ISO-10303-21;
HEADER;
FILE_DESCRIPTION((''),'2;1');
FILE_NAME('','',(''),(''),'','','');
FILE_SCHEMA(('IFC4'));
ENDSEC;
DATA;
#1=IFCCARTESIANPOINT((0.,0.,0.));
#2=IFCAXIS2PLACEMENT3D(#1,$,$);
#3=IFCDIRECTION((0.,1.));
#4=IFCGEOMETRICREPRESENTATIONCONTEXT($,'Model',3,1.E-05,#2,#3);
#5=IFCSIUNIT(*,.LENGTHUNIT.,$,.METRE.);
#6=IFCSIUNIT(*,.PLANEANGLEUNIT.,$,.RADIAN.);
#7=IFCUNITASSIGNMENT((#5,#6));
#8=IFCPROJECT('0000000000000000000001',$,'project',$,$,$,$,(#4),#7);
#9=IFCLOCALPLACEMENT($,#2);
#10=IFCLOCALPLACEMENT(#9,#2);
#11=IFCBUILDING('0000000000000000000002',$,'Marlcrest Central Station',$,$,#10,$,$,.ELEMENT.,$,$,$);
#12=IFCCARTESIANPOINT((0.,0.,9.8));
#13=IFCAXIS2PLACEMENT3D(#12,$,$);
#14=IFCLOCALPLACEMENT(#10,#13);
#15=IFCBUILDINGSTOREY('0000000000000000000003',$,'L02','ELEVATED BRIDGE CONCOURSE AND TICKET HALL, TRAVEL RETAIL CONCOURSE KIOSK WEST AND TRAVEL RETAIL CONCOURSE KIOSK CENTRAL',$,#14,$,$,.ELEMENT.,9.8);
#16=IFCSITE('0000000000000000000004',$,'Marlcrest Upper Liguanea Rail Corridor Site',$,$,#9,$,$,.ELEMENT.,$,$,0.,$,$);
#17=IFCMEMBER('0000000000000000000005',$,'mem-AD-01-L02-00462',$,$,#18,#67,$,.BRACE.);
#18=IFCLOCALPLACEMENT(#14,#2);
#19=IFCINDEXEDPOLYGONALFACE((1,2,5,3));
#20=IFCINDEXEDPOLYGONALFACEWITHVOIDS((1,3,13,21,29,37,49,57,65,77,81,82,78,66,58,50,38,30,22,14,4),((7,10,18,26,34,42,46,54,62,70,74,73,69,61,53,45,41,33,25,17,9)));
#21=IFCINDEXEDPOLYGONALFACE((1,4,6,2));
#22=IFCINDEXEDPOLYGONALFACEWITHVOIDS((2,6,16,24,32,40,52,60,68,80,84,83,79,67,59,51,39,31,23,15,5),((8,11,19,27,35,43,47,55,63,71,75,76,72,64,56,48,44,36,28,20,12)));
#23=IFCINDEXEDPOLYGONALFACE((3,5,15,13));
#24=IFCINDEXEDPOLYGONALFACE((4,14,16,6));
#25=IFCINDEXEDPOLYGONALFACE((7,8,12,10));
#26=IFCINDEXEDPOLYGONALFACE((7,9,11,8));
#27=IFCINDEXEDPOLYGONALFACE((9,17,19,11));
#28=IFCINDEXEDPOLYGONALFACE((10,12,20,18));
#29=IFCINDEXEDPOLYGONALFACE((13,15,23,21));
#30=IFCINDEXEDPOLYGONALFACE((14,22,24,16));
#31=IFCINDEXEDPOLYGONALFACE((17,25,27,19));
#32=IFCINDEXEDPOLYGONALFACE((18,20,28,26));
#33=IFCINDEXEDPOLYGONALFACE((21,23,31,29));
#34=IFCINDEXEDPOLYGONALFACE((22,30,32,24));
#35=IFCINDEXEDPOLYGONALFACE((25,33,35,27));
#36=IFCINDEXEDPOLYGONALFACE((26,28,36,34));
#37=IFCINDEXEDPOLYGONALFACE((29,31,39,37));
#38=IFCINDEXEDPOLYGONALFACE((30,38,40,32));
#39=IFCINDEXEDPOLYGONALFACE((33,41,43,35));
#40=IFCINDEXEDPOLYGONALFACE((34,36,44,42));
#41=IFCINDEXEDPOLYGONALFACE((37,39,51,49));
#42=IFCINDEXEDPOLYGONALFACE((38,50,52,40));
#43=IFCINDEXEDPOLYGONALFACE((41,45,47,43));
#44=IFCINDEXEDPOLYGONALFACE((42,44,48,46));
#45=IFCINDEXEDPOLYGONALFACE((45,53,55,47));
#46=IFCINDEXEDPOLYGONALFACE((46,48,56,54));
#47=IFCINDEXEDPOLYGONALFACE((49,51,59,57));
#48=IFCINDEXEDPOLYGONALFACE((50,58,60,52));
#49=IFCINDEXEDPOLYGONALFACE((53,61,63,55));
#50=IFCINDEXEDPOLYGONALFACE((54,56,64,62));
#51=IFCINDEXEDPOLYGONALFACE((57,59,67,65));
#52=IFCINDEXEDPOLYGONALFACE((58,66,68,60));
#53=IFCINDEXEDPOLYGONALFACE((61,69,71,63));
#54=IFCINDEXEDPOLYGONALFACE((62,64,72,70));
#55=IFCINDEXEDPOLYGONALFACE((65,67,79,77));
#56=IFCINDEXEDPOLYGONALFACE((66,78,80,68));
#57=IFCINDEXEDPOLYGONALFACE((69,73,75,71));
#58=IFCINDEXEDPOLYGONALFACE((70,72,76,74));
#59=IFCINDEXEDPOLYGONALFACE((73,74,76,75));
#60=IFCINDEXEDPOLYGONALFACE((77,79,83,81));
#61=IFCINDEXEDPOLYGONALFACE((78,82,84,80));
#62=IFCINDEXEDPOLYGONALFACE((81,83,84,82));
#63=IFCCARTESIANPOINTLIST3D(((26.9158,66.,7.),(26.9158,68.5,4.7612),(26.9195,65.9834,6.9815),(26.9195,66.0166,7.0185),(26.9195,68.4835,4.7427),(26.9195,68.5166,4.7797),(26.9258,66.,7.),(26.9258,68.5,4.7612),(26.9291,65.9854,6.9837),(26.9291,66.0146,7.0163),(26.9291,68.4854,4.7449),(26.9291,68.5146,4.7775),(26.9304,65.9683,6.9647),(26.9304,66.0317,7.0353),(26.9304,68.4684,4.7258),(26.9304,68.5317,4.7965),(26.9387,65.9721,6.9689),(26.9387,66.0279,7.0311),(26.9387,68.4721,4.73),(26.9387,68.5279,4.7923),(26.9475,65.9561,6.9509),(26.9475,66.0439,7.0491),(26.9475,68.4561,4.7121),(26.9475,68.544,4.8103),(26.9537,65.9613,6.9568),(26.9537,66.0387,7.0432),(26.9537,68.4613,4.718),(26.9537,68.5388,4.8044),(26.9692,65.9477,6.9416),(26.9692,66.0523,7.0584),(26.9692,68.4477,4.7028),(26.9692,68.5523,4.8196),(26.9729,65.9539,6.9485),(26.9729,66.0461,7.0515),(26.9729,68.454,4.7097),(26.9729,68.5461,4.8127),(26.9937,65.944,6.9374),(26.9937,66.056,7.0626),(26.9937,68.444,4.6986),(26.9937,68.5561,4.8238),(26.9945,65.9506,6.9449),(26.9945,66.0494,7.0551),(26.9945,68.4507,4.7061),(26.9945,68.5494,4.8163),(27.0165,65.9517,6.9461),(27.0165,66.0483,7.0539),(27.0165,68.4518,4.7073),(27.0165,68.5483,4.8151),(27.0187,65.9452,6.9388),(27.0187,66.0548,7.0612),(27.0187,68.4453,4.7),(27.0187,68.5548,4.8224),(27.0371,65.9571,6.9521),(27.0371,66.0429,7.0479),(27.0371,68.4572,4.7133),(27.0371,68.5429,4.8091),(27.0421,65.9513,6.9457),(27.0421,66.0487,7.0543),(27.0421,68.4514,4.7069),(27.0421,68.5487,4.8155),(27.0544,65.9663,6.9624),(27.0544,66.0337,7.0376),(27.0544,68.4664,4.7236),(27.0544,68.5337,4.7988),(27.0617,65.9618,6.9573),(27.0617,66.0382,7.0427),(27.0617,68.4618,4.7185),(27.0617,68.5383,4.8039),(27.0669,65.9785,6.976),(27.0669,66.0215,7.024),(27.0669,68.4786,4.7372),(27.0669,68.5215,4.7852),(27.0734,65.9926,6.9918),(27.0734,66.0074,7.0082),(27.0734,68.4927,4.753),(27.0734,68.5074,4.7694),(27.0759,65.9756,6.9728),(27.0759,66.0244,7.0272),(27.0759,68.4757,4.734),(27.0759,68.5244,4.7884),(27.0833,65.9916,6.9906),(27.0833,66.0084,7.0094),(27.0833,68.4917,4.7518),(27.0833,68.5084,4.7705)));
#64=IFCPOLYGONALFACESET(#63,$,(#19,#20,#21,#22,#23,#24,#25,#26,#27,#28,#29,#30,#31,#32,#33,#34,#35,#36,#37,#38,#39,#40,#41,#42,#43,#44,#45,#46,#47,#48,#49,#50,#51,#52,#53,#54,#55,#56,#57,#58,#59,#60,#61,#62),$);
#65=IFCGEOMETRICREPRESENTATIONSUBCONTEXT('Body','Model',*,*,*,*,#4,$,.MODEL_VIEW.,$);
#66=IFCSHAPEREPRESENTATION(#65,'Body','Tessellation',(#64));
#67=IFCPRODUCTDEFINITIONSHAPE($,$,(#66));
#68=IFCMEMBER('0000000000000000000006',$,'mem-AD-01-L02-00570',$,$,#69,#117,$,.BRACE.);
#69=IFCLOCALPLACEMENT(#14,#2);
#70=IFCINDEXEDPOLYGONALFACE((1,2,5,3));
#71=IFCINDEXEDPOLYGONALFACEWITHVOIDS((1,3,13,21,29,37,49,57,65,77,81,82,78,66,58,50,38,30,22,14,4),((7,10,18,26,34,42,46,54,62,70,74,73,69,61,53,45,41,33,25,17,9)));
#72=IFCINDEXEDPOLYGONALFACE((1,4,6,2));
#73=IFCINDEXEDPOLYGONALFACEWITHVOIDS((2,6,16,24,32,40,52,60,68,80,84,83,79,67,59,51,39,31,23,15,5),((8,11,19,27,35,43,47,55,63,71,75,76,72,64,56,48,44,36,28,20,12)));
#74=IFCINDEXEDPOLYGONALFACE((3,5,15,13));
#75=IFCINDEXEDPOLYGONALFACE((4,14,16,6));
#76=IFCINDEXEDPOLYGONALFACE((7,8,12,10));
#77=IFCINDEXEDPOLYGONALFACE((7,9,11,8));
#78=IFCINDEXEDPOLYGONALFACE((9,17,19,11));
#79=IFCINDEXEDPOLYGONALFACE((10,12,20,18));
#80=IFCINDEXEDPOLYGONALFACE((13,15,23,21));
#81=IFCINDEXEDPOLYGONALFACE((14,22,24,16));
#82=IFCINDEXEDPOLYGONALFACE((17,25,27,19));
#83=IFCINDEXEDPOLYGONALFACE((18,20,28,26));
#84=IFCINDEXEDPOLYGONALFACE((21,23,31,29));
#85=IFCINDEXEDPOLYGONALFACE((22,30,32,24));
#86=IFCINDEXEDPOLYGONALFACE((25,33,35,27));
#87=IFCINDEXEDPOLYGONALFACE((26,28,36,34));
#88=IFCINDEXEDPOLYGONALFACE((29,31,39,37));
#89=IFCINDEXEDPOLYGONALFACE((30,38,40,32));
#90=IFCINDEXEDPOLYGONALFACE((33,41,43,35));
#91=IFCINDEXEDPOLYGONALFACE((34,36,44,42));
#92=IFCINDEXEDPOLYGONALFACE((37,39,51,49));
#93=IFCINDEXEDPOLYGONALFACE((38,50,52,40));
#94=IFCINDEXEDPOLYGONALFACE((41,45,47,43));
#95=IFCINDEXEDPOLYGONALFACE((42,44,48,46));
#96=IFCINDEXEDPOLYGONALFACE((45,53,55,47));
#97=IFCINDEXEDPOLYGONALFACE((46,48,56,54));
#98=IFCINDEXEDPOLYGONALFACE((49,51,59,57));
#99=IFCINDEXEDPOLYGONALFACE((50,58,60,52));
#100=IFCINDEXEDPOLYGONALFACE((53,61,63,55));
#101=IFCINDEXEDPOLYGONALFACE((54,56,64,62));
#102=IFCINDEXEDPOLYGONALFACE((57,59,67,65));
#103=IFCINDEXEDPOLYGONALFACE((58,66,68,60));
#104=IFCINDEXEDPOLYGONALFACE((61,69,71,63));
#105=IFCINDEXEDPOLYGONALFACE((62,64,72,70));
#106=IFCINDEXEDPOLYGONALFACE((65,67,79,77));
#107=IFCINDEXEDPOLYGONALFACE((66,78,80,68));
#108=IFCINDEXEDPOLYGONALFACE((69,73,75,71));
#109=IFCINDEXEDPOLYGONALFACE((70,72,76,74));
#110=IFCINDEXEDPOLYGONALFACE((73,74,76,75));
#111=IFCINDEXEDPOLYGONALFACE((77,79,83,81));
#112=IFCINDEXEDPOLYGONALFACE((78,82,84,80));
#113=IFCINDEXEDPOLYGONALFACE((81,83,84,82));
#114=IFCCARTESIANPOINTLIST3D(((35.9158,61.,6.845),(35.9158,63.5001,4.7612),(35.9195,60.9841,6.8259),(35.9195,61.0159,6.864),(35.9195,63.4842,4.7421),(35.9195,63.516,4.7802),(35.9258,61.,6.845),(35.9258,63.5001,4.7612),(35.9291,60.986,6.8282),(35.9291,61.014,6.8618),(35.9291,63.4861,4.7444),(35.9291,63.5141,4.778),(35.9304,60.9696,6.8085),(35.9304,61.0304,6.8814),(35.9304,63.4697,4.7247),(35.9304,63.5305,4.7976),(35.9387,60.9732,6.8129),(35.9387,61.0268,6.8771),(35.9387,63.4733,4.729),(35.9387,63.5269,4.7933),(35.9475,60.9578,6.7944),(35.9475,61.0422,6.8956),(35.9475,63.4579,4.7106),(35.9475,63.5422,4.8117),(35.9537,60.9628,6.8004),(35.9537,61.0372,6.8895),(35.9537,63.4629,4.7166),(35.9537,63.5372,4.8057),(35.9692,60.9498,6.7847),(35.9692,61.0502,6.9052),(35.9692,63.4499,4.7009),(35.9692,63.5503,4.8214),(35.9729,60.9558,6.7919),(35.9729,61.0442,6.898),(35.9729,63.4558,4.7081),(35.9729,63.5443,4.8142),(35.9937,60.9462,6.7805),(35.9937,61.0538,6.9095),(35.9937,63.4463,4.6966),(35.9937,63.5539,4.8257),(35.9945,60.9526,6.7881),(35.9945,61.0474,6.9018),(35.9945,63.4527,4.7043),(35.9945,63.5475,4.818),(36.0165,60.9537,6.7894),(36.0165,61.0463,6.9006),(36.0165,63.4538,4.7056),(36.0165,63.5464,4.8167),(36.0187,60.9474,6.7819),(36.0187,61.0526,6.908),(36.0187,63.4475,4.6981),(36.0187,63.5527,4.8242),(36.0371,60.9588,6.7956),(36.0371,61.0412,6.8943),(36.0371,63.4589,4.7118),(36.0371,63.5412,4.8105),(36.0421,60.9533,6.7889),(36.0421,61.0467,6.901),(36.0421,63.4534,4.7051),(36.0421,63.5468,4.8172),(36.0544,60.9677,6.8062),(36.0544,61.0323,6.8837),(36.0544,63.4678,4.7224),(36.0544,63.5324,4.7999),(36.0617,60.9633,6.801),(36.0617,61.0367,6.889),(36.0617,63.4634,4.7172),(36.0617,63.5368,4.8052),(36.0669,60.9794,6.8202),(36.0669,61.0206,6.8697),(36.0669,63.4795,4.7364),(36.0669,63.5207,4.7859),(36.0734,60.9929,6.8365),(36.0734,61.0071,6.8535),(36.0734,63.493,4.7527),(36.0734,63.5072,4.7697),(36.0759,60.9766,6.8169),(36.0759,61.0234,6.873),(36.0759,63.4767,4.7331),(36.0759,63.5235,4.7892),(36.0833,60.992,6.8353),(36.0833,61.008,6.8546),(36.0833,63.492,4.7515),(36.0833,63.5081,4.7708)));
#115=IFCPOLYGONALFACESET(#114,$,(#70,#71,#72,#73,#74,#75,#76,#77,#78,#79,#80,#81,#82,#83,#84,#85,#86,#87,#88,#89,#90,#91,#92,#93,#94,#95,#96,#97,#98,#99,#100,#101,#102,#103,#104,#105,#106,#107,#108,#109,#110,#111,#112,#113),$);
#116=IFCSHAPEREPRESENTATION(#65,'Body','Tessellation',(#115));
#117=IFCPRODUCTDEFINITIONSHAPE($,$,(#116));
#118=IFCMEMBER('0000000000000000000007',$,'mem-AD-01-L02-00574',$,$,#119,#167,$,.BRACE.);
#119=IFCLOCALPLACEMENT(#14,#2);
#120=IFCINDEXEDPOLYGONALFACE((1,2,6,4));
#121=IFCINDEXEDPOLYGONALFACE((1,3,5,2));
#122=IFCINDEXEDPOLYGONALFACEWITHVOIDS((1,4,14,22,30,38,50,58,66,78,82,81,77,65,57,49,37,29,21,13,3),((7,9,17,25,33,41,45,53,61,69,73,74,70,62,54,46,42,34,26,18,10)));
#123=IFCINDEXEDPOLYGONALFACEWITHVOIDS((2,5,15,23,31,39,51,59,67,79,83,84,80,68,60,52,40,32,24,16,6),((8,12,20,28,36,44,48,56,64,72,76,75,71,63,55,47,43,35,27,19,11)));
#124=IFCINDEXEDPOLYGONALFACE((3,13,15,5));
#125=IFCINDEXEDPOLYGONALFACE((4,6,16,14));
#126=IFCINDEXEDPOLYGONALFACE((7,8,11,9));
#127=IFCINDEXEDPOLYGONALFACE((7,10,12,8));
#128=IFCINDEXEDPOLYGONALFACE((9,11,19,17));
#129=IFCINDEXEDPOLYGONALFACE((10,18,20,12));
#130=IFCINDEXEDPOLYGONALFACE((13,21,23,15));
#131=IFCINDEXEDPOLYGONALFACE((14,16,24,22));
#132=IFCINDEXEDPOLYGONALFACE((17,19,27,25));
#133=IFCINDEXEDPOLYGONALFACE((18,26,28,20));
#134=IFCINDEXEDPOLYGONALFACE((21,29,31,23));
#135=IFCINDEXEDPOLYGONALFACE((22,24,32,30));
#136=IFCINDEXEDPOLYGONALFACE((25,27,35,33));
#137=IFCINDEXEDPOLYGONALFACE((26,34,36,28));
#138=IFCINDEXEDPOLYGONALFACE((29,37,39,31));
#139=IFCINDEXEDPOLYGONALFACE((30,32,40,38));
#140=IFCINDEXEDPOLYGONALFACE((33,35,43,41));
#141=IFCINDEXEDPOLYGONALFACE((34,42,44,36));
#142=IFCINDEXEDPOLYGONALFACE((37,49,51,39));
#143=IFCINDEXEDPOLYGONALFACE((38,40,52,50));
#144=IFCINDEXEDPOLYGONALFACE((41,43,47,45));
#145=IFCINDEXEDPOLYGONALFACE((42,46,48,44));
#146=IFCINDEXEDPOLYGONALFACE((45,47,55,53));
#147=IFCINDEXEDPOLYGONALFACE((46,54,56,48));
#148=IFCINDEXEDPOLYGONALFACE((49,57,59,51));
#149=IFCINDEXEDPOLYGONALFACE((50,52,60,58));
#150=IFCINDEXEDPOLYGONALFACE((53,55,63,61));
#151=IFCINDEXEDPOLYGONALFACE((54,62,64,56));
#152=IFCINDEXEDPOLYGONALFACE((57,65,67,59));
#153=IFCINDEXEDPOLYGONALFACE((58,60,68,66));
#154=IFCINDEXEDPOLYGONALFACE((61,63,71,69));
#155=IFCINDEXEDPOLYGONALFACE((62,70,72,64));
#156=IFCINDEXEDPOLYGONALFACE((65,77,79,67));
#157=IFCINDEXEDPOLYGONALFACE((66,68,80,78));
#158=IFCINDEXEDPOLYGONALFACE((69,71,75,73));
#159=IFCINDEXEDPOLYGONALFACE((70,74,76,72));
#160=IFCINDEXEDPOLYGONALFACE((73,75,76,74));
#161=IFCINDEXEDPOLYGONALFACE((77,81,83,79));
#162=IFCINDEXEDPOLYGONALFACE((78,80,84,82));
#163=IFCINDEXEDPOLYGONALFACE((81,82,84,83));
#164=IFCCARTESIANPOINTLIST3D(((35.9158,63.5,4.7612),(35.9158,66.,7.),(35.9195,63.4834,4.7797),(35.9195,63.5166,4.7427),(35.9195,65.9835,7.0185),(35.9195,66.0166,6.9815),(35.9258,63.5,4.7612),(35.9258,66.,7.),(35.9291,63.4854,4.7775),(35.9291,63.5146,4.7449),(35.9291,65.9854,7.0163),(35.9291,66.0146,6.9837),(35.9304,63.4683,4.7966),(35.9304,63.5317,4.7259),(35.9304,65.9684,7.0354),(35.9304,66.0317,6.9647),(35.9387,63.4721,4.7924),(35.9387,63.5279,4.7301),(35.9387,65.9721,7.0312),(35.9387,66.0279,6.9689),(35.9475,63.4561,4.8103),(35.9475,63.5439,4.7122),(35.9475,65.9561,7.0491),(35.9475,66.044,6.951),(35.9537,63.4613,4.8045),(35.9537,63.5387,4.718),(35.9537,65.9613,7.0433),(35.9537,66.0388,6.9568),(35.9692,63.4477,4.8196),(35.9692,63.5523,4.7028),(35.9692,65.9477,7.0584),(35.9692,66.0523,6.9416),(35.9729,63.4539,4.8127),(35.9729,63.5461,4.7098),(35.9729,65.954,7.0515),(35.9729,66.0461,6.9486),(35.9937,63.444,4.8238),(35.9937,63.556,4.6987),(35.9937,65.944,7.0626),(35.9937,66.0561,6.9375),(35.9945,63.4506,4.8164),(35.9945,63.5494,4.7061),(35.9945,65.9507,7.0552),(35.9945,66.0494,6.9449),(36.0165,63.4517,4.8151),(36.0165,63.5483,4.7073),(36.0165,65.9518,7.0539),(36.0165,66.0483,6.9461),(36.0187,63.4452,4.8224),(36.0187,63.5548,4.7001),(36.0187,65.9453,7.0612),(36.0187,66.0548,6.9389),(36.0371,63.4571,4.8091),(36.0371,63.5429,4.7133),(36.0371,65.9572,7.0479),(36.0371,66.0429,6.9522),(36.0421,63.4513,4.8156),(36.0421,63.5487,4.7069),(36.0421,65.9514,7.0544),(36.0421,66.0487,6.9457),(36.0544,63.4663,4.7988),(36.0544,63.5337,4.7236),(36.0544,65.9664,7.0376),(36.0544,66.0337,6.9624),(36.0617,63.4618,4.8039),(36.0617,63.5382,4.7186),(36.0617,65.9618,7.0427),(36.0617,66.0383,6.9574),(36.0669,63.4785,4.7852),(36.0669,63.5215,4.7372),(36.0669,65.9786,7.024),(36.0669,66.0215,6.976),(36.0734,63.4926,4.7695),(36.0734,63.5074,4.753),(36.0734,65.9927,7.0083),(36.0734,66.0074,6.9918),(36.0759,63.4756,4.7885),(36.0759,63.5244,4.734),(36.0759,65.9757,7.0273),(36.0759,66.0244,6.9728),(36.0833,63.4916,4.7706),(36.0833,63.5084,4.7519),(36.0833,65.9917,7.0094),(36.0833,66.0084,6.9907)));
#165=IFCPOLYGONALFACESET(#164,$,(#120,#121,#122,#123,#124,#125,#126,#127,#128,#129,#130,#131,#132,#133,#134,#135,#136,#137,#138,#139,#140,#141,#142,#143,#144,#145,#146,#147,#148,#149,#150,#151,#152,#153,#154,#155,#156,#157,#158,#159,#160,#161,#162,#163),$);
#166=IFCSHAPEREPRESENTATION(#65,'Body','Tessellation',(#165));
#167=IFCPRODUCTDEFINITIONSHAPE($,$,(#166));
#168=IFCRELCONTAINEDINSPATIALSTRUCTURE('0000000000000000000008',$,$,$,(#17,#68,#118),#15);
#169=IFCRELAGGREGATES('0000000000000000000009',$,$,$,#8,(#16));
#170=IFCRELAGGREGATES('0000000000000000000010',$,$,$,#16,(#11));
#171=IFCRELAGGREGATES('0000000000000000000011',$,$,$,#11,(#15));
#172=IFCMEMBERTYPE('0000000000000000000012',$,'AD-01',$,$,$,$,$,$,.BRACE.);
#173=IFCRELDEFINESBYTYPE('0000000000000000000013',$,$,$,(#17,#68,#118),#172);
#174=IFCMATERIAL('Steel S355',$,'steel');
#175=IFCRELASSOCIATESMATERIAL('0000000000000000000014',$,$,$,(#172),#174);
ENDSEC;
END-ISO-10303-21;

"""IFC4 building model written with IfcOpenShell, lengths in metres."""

from ifc_helpers import new_model, si_unit, direction, frame, origin, origin_2d, place, context, subcontext, project, spatial, hollow_circle, extrude, material, material_profile, profile_set, type_object, element, save


model = new_model("IFC4")

# Units and contexts
model_context = context("Model", 3, precision=1e-05, world=origin(), true_north=direction((0.0, 1.0)))
body_context = subcontext(model_context, "Body", "Model", "MODEL_VIEW")
ifc_project = project(units=[si_unit("LENGTHUNIT", "METRE"), si_unit("PLANEANGLEUNIT", "RADIAN")], contexts=[model_context])

# Site, building, storey
site_placement = place(None, origin())
site = spatial("IfcSite", under=ifc_project, at=site_placement, Name="Marlcrest Upper Liguanea Rail Corridor Site", CompositionType="ELEMENT", RefElevation=0.0)
building_placement = place(site_placement, origin())
building = spatial("IfcBuilding", under=site, at=building_placement, Name="Marlcrest Central Station", CompositionType="ELEMENT")
storey_placement = place(building_placement, frame((0.0, 0.0, 9.8)))
storey = spatial("IfcBuildingStorey", under=building, at=storey_placement, Name="L02", Description="ELEVATED BRIDGE CONCOURSE AND TICKET HALL, TRAVEL RETAIL CONCOURSE KIOSK WEST AND TRAVEL RETAIL CONCOURSE KIOSK CENTRAL", CompositionType="ELEMENT", Elevation=9.8)

# Members
ifc_material = material(Name="Steel S355", Category="steel")
ifc_material_profile_1 = material_profile(ifc_material, hollow_circle(Radius=0.0842, WallThickness=0.01, at=origin_2d()), Name="CHS 168.3x10")
ifc_profile_set_1 = profile_set([ifc_material_profile_1], Name="Steel S355")
member_type_1 = type_object("IfcMemberType", Name="AD-01", PredefinedType="BRACE", material=ifc_profile_set_1)
member_1_placement = place(storey_placement, frame((27.0, 66.0, 7.0), z_axis=(0.0, 0.744956, -0.667114), x_axis=(-1.0, 0.0, 0.0)))
element("IfcMember", 1, at=member_1_placement, inside=storey, type_object=member_type_1, Name="mem-AD-01-L02-00462", PredefinedType="BRACE", context=body_context, shape_type="SweptSolid", body=[
    extrude(hollow_circle(Radius=0.0842, WallThickness=0.01, at=origin_2d()), origin(), (0.0, 0.0, 1.0), 3.356),
])
member_2_placement = place(storey_placement, frame((36.0, 61.0, 6.845), z_axis=(0.0, 0.76816, -0.640258), x_axis=(-1.0, 0.0, 0.0)))
element("IfcMember", 2, at=member_2_placement, inside=storey, type_object=member_type_1, Name="mem-AD-01-L02-00570", PredefinedType="BRACE", context=body_context, shape_type="SweptSolid", body=[
    extrude(hollow_circle(Radius=0.0842, WallThickness=0.01, at=origin_2d()), origin(), (0.0, 0.0, 1.0), 3.2546),
])
for number, where, z_axis, x_axis, name in (
    (3, (36.0, 63.5, 4.7612), (0.0, 0.744956, 0.667114), (-1.0, 0.0, 0.0), "mem-AD-01-L02-00574"),
):
    element("IfcMember", number, at=place(storey_placement, frame(where, z_axis=z_axis, x_axis=x_axis)), inside=storey, type_object=member_type_1, Name=name, PredefinedType="BRACE", context=body_context, shape_type="SweptSolid", body=[
        extrude(hollow_circle(Radius=0.0842, WallThickness=0.01, at=origin_2d()), origin(), (0.0, 0.0, 1.0), 3.356),
    ])

save(model, "model.ifc")
